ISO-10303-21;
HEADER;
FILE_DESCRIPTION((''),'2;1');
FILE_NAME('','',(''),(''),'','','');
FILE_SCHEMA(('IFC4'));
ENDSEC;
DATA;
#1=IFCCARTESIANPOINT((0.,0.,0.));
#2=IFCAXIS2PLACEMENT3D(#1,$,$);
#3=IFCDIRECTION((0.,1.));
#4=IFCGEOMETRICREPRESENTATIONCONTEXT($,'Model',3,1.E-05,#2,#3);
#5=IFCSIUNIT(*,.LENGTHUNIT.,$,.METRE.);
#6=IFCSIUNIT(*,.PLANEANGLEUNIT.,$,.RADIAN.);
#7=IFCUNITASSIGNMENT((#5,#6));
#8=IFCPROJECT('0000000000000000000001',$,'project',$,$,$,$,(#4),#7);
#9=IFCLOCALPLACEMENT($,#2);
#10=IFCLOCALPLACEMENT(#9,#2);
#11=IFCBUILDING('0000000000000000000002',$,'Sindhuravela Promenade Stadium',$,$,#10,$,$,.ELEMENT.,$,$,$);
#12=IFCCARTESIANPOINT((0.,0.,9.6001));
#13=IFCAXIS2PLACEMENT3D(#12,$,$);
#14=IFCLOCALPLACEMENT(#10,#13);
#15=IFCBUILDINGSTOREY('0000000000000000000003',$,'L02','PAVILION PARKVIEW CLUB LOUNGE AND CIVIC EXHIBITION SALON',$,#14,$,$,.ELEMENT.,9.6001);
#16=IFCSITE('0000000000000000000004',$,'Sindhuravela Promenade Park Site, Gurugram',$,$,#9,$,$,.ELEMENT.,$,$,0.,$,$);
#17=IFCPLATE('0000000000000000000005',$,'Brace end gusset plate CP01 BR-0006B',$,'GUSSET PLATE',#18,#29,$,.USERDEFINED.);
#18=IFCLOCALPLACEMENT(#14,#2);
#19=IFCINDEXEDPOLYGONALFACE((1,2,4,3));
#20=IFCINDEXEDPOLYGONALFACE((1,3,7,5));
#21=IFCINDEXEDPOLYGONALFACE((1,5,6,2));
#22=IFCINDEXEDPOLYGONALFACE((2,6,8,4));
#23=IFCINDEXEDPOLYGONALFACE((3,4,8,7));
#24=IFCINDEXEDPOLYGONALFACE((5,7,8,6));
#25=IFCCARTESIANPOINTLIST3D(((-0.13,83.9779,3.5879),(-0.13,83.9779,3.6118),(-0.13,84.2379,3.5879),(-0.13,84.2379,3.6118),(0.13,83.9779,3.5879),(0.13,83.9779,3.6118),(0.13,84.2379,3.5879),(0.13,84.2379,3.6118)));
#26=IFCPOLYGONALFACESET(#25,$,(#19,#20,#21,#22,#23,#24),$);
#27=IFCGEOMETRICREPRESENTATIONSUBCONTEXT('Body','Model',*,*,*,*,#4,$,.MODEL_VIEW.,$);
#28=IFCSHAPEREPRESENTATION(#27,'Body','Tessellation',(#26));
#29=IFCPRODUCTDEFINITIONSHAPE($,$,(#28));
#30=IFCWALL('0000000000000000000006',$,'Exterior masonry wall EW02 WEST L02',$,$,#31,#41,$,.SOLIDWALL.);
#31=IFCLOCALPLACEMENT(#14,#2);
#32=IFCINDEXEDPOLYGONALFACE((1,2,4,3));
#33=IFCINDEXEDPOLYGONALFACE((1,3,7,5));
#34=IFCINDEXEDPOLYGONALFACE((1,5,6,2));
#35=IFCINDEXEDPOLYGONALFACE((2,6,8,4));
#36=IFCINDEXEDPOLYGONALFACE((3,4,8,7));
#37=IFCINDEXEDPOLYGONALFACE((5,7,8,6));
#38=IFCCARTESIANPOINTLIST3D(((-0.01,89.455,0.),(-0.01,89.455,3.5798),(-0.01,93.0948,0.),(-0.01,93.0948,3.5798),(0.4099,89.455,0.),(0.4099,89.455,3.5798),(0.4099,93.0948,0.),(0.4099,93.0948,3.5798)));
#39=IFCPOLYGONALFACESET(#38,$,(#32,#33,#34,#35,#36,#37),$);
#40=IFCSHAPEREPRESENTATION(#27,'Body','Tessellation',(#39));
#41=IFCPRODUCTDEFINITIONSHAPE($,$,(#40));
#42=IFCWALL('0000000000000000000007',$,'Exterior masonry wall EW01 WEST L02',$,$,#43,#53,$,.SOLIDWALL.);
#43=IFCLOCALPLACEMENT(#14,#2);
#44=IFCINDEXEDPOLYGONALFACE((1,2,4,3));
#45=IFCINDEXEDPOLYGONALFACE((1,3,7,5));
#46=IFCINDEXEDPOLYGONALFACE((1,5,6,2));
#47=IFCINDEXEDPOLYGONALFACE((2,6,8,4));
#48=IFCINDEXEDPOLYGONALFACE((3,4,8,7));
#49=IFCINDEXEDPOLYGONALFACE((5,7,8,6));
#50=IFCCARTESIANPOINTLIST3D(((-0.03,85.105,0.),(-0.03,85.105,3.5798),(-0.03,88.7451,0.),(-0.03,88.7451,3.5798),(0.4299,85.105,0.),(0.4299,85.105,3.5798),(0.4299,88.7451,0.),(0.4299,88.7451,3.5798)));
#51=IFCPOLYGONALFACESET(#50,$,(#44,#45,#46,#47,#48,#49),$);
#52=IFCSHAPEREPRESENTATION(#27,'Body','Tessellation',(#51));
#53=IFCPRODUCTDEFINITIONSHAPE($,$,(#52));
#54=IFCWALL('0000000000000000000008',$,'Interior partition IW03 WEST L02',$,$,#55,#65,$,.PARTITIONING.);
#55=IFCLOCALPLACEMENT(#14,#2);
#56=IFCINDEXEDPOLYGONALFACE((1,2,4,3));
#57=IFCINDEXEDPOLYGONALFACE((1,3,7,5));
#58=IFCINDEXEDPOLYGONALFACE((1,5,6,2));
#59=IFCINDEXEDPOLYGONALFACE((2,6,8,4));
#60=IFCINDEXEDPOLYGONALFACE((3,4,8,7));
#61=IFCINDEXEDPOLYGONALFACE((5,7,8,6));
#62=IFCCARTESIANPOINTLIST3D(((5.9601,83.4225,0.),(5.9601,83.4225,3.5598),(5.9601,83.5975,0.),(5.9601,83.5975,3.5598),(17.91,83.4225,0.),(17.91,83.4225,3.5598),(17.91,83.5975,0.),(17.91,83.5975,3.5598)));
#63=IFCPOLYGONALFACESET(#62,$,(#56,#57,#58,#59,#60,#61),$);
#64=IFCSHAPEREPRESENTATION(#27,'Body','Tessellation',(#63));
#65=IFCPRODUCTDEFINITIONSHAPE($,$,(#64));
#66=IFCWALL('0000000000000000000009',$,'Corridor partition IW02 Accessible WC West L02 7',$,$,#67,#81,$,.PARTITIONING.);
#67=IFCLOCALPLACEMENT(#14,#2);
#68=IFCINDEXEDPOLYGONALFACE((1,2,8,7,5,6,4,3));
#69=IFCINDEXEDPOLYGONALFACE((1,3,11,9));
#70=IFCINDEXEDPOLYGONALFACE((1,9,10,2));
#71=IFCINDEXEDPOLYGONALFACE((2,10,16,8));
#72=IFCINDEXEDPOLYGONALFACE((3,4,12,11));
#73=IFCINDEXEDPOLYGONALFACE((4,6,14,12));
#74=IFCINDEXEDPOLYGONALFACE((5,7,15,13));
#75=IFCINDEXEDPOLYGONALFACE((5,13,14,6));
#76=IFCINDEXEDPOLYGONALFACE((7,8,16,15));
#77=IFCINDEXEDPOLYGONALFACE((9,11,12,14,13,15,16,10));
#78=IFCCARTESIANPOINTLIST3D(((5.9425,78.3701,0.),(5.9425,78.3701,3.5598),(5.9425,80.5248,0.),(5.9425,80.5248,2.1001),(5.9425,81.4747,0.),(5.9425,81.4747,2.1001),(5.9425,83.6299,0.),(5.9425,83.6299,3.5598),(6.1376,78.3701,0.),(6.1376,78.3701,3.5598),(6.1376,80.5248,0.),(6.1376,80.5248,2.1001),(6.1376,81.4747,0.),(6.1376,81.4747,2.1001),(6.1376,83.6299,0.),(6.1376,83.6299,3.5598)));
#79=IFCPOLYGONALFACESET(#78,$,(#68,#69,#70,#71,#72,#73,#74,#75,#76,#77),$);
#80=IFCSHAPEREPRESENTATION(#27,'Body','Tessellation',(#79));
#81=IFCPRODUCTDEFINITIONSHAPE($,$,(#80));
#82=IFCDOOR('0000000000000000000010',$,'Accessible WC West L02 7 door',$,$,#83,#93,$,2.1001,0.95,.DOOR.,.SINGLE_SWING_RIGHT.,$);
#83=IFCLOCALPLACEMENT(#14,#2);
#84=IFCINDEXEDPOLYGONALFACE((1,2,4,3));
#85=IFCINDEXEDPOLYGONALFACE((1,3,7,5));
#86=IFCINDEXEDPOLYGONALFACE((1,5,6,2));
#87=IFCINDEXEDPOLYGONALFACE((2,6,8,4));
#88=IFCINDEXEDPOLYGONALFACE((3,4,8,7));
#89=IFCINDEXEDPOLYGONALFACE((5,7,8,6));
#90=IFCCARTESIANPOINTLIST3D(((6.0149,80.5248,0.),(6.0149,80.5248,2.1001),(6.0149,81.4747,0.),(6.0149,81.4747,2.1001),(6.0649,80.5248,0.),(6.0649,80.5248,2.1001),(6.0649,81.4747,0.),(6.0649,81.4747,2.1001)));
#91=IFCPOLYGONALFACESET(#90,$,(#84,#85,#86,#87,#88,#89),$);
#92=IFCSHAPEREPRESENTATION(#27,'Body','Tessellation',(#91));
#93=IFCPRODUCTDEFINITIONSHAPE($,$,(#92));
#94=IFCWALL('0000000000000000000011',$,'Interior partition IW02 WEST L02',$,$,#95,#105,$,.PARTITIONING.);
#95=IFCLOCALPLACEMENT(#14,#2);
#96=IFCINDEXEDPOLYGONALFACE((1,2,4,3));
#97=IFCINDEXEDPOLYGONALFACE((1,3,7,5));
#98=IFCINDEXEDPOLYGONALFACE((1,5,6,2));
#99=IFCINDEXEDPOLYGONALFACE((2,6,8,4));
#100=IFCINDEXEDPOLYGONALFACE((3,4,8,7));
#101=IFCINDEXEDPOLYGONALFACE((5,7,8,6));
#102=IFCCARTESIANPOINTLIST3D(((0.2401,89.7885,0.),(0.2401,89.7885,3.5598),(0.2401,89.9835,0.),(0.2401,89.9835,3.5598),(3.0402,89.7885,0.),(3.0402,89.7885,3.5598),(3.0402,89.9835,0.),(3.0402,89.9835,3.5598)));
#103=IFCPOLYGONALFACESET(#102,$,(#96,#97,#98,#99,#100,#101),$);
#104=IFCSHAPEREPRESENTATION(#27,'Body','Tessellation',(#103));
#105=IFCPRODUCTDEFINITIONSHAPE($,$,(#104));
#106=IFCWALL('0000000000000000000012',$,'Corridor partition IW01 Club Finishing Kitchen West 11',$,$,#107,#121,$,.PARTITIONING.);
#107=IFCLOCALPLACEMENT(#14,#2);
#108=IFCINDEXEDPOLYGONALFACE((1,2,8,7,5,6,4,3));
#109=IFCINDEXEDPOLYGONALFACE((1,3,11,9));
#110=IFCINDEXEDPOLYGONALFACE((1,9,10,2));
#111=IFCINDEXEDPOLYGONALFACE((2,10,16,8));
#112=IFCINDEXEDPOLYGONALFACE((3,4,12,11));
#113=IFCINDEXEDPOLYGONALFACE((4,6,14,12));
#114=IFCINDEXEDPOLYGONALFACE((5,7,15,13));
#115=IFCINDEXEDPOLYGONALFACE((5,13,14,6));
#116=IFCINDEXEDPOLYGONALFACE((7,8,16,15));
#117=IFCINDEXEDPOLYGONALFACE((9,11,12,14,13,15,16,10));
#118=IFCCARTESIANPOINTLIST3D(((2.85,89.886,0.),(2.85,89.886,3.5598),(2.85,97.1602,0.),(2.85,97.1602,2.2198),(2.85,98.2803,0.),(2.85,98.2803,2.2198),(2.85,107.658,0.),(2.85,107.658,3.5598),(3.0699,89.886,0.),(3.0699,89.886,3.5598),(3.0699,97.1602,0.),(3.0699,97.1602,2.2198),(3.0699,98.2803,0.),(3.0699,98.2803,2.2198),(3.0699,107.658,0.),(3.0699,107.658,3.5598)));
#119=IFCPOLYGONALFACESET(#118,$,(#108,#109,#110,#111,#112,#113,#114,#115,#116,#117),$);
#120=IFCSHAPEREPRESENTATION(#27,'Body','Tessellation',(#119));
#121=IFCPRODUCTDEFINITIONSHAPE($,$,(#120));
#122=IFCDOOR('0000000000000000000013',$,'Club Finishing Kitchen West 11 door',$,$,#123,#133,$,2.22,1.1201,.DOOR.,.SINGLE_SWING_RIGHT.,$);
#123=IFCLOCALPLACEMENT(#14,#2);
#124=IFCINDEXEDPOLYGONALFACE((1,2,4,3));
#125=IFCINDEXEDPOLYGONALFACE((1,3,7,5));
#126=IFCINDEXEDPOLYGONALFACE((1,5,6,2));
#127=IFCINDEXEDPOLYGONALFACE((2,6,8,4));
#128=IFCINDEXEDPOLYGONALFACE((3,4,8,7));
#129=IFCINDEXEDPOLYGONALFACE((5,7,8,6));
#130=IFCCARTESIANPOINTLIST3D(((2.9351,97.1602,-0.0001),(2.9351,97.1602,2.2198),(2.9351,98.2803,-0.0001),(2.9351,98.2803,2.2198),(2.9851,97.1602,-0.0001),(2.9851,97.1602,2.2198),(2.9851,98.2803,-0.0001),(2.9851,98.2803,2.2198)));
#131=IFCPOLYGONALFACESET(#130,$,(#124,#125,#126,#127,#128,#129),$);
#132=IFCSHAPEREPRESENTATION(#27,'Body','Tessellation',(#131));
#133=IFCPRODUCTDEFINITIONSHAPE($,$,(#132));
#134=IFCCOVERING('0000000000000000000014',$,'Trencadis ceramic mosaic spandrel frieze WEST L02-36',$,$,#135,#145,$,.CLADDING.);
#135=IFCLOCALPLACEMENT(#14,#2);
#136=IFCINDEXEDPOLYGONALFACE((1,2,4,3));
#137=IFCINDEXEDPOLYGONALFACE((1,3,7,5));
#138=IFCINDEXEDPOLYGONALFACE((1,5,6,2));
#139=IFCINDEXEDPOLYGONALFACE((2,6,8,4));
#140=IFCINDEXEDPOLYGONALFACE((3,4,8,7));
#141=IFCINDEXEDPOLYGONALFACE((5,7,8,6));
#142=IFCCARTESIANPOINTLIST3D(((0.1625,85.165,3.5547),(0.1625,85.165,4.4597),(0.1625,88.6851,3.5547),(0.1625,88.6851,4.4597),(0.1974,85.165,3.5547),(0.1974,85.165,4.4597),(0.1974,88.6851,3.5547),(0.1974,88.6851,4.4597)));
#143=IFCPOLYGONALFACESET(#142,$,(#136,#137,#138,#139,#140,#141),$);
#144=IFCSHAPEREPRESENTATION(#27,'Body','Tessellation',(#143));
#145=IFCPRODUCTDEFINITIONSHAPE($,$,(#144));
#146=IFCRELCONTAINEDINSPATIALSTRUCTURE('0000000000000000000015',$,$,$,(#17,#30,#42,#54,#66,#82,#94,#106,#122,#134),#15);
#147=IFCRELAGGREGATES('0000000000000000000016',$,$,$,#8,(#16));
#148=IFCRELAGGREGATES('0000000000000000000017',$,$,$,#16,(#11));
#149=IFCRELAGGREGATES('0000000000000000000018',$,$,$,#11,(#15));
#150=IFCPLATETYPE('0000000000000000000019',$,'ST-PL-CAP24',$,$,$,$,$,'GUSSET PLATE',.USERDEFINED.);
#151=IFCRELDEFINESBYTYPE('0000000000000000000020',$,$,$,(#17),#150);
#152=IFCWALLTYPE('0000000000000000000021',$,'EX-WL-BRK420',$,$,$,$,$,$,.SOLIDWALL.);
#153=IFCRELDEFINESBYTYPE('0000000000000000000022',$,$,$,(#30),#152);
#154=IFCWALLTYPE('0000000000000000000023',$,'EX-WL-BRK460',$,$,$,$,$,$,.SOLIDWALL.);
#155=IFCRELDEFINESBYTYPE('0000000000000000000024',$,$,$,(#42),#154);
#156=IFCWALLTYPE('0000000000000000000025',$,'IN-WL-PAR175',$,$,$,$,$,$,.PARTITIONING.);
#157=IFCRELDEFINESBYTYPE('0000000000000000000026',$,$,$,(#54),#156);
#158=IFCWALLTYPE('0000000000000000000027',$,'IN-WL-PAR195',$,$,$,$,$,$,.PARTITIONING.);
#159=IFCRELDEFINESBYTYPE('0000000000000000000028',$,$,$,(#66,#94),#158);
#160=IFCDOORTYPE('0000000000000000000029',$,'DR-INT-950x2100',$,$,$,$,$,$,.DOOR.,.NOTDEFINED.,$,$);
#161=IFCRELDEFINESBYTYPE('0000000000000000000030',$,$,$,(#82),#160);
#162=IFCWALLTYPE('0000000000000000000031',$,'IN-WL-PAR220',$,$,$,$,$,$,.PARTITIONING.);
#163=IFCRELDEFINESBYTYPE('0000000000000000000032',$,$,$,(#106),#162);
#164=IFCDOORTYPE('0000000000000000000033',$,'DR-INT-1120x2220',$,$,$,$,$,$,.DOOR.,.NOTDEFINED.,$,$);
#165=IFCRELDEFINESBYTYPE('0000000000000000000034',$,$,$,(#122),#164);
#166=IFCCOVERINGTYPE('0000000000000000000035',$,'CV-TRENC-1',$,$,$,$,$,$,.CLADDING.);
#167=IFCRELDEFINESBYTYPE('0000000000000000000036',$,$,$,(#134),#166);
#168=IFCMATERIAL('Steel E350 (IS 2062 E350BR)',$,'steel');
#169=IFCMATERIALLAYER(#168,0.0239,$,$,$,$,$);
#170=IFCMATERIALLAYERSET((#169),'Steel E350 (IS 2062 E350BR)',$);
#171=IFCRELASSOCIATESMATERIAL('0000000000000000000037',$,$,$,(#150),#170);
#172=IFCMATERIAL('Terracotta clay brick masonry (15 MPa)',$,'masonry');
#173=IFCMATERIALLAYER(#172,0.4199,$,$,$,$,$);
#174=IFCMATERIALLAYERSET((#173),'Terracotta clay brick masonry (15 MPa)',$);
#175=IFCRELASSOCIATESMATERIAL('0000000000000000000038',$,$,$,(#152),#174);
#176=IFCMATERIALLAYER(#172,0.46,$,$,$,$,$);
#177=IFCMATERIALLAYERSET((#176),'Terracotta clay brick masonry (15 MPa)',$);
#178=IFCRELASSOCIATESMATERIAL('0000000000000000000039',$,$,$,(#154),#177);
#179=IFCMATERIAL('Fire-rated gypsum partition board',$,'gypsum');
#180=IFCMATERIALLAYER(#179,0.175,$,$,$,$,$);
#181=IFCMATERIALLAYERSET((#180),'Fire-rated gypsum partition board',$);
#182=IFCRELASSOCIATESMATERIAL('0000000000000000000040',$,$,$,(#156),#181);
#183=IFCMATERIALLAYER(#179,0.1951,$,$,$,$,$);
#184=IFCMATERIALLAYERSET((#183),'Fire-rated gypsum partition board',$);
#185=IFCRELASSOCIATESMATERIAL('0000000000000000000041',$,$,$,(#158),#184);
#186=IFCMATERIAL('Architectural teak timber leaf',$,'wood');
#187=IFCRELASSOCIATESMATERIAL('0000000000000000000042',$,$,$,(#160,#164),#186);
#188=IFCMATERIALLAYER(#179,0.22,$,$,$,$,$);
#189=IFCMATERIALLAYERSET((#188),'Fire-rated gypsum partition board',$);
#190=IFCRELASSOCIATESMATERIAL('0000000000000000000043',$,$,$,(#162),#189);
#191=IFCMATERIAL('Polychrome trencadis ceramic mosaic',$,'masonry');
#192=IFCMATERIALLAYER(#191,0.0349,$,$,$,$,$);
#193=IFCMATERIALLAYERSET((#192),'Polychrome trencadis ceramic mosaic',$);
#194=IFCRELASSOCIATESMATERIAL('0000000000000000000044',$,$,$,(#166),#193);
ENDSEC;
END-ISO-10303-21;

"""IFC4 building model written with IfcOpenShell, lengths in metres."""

from ifc_helpers import new_model, si_unit, direction, frame, frame_2d, origin, origin_2d, place, context, subcontext, project, spatial, rectangle, extrude, material, layer, layer_set, type_object, element, fill, save


model = new_model("IFC4")

# Units and contexts
model_context = context("Model", 3, precision=1e-05, world=origin(), true_north=direction((0.0, 1.0)))
body_context = subcontext(model_context, "Body", "Model", "MODEL_VIEW")
ifc_project = project(units=[si_unit("LENGTHUNIT", "METRE"), si_unit("PLANEANGLEUNIT", "RADIAN")], contexts=[model_context])

# Site, building, storey
site_placement = place(None, origin())
site = spatial("IfcSite", under=ifc_project, at=site_placement, Name="Sindhuravela Promenade Park Site, Gurugram", CompositionType="ELEMENT", RefElevation=0.0)
building_placement = place(site_placement, origin())
building = spatial("IfcBuilding", under=site, at=building_placement, Name="Sindhuravela Promenade Stadium", CompositionType="ELEMENT")
storey_placement = place(building_placement, frame((0.0, 0.0, 9.6001)))
storey = spatial("IfcBuildingStorey", under=building, at=storey_placement, Name="L02", Description="PAVILION PARKVIEW CLUB LOUNGE AND CIVIC EXHIBITION SALON", CompositionType="ELEMENT", Elevation=9.6001)

# Shared definitions
ifc_material_1 = material(Name="Steel E350 (IS 2062 E350BR)", Category="steel")

# Plate
ifc_layer_1 = layer(ifc_material_1, 0.0239)
ifc_layer_set_1 = layer_set([ifc_layer_1], Name="Steel E350 (IS 2062 E350BR)")
plate_type_1 = type_object("IfcPlateType", Name="ST-PL-CAP24", ElementType="GUSSET PLATE", PredefinedType="USERDEFINED", material=ifc_layer_set_1)
plate_1_placement = place(storey_placement, frame((0.0, 84.1079, 3.5879), z_axis=(0.0, 0.0, 1.0), x_axis=(1.0, 0.0, 0.0)))
element("IfcPlate", 1, at=plate_1_placement, inside=storey, type_object=plate_type_1, Name="Brace end gusset plate CP01 BR-0006B", ObjectType="GUSSET PLATE", PredefinedType="USERDEFINED", context=body_context, shape_type="SweptSolid", body=[
    extrude(rectangle(XDim=0.26, YDim=0.26, at=origin_2d()), origin(), (0.0, 0.0, 1.0), 0.0239),
])

# Walls
ifc_material_2 = material(Name="Terracotta clay brick masonry (15 MPa)", Category="masonry")
ifc_layer_2 = layer(ifc_material_2, 0.4199)
ifc_layer_set_2 = layer_set([ifc_layer_2], Name="Terracotta clay brick masonry (15 MPa)")
wall_type_1 = type_object("IfcWallType", Name="EX-WL-BRK420", PredefinedType="SOLIDWALL", material=ifc_layer_set_2)
wall_1_placement = place(storey_placement, frame((0.2, 89.4551, 0.0), z_axis=(0.0, 0.0, 1.0), x_axis=(0.0, 1.0, 0.0)))
element("IfcWall", 2, at=wall_1_placement, inside=storey, type_object=wall_type_1, Name="Exterior masonry wall EW02 WEST L02", PredefinedType="SOLIDWALL", context=body_context, shape_type="SweptSolid", body=[
    extrude(rectangle(XDim=3.6399, YDim=0.4199, at=frame_2d((1.8198, 0.0))), origin(), (0.0, 0.0, 1.0), 3.5798),
])
ifc_layer_3 = layer(ifc_material_2, 0.46)
ifc_layer_set_3 = layer_set([ifc_layer_3], Name="Terracotta clay brick masonry (15 MPa)")
wall_type_2 = type_object("IfcWallType", Name="EX-WL-BRK460", PredefinedType="SOLIDWALL", material=ifc_layer_set_3)
wall_2_placement = place(storey_placement, frame((0.2, 85.105, 0.0), z_axis=(0.0, 0.0, 1.0), x_axis=(0.0, 1.0, 0.0)))
element("IfcWall", 3, at=wall_2_placement, inside=storey, type_object=wall_type_2, Name="Exterior masonry wall EW01 WEST L02", PredefinedType="SOLIDWALL", context=body_context, shape_type="SweptSolid", body=[
    extrude(rectangle(XDim=3.6401, YDim=0.46, at=frame_2d((1.8201, 0.0))), origin(), (0.0, 0.0, 1.0), 3.5798),
])
ifc_material_3 = material(Name="Fire-rated gypsum partition board", Category="gypsum")
ifc_layer_4 = layer(ifc_material_3, 0.175)
ifc_layer_set_4 = layer_set([ifc_layer_4], Name="Fire-rated gypsum partition board")
wall_type_3 = type_object("IfcWallType", Name="IN-WL-PAR175", PredefinedType="PARTITIONING", material=ifc_layer_set_4)
wall_3_placement = place(storey_placement, frame((5.96, 83.51, 0.0), z_axis=(0.0, 0.0, 1.0), x_axis=(1.0, 0.0, 0.0)))
element("IfcWall", 4, at=wall_3_placement, inside=storey, type_object=wall_type_3, Name="Interior partition IW03 WEST L02", PredefinedType="PARTITIONING", context=body_context, shape_type="SweptSolid", body=[
    extrude(rectangle(XDim=11.95, YDim=0.175, at=frame_2d((5.9751, 0.0))), origin(), (0.0, 0.0, 1.0), 3.5598),
])

# Wall, opening, door
ifc_layer_5 = layer(ifc_material_3, 0.1951)
ifc_layer_set_5 = layer_set([ifc_layer_5], Name="Fire-rated gypsum partition board")
wall_type_4 = type_object("IfcWallType", Name="IN-WL-PAR195", PredefinedType="PARTITIONING", material=ifc_layer_set_5)
wall_4_placement = place(storey_placement, frame((6.04, 83.6299, 0.0), z_axis=(0.0, 0.0, 1.0), x_axis=(0.0, -1.0, 0.0)))
wall_4 = element("IfcWall", 5, at=wall_4_placement, inside=storey, type_object=wall_type_4, Name="Corridor partition IW02 Accessible WC West L02 7", PredefinedType="PARTITIONING", context=body_context, shape_type="SweptSolid", body=[
    extrude(rectangle(XDim=5.2598, YDim=0.1951, at=frame_2d((2.6299, 0.0))), origin(), (0.0, 0.0, 1.0), 3.5598),
])
opening_1_placement = place(wall_4_placement, frame((2.155, 0.0, 0.0)))
opening_1 = element("IfcOpeningElement", 6, at=opening_1_placement, cuts=wall_4, PredefinedType="OPENING", context=body_context, shape_type="SweptSolid", body=[
    extrude(rectangle(XDim=0.95, YDim=2.1001, at=frame_2d((0.4751, 1.05))), frame((0.0, 0.1074, 0.0), z_axis=(0.0, -1.0, 0.0), x_axis=(1.0, 0.0, 0.0)), (0.0, 0.0, 1.0), 0.2151),
])
ifc_material_4 = material(Name="Architectural teak timber leaf", Category="wood")
door_type_1 = type_object("IfcDoorType", Name="DR-INT-950x2100", OperationType="NOTDEFINED", PredefinedType="DOOR", material=ifc_material_4)
door_1_placement = place(opening_1_placement, origin())
door_1 = element("IfcDoor", 7, at=door_1_placement, inside=storey, type_object=door_type_1, Name="Accessible WC West L02 7 door", OperationType="SINGLE_SWING_RIGHT", OverallHeight=2.1001, OverallWidth=0.95, PredefinedType="DOOR", context=body_context, shape_type="SweptSolid", body=[
    extrude(rectangle(XDim=0.95, YDim=2.1001, at=frame_2d((0.4751, 1.05))), frame((0.0, 0.0249, 0.0), z_axis=(0.0, -1.0, 0.0), x_axis=(1.0, 0.0, 0.0)), (0.0, 0.0, 1.0), 0.05),
])
fill(opening_1, door_1)

# Wall
wall_5_placement = place(storey_placement, frame((3.04, 89.886, 0.0), z_axis=(0.0, 0.0, 1.0), x_axis=(-1.0, 0.0, 0.0)))
element("IfcWall", 8, at=wall_5_placement, inside=storey, type_object=wall_type_4, Name="Interior partition IW02 WEST L02", PredefinedType="PARTITIONING", context=body_context, shape_type="SweptSolid", body=[
    extrude(rectangle(XDim=2.8, YDim=0.1951, at=frame_2d((1.3999, 0.0))), origin(), (0.0, 0.0, 1.0), 3.5598),
])

# Wall, opening, door
ifc_layer_6 = layer(ifc_material_3, 0.22)
ifc_layer_set_6 = layer_set([ifc_layer_6], Name="Fire-rated gypsum partition board")
wall_type_5 = type_object("IfcWallType", Name="IN-WL-PAR220", PredefinedType="PARTITIONING", material=ifc_layer_set_6)
wall_6_placement = place(storey_placement, frame((2.96, 89.886, 0.0), z_axis=(0.0, 0.0, 1.0), x_axis=(0.0, 1.0, 0.0)))
wall_6 = element("IfcWall", 9, at=wall_6_placement, inside=storey, type_object=wall_type_5, Name="Corridor partition IW01 Club Finishing Kitchen West 11", PredefinedType="PARTITIONING", context=body_context, shape_type="SweptSolid", body=[
    extrude(rectangle(XDim=17.772, YDim=0.22, at=frame_2d((8.886, 0.0))), origin(), (0.0, 0.0, 1.0), 3.5598),
])
opening_2_placement = place(wall_6_placement, frame((7.2742, 0.0, 0.0)))
opening_2 = element("IfcOpeningElement", 10, at=opening_2_placement, cuts=wall_6, PredefinedType="OPENING", context=body_context, shape_type="SweptSolid", body=[
    extrude(rectangle(XDim=1.1201, YDim=2.22, at=frame_2d((0.5601, 1.1099))), frame((0.0, 0.1199, 0.0), z_axis=(0.0, -1.0, 0.0), x_axis=(1.0, 0.0, 0.0)), (0.0, 0.0, 1.0), 0.24),
])
door_type_2 = type_object("IfcDoorType", Name="DR-INT-1120x2220", OperationType="NOTDEFINED", PredefinedType="DOOR", material=ifc_material_4)
door_2_placement = place(opening_2_placement, origin())
door_2 = element("IfcDoor", 11, at=door_2_placement, inside=storey, type_object=door_type_2, Name="Club Finishing Kitchen West 11 door", OperationType="SINGLE_SWING_RIGHT", OverallHeight=2.22, OverallWidth=1.1201, PredefinedType="DOOR", context=body_context, shape_type="SweptSolid", body=[
    extrude(rectangle(XDim=1.1201, YDim=2.22, at=frame_2d((0.5601, 1.1099))), frame((0.0, 0.0249, 0.0), z_axis=(0.0, -1.0, 0.0), x_axis=(1.0, 0.0, 0.0)), (0.0, 0.0, 1.0), 0.05),
])
fill(opening_2, door_2)

# Covering
ifc_material_5 = material(Name="Polychrome trencadis ceramic mosaic", Category="masonry")
ifc_layer_7 = layer(ifc_material_5, 0.0349)
ifc_layer_set_7 = layer_set([ifc_layer_7], Name="Polychrome trencadis ceramic mosaic")
covering_type = type_object("IfcCoveringType", Name="CV-TRENC-1", PredefinedType="CLADDING", material=ifc_layer_set_7)
covering_placement = place(storey_placement, frame((0.1799, 86.925, 3.5547), z_axis=(0.0, 0.0, 1.0), x_axis=(0.0, 1.0, 0.0)))
element("IfcCovering", 12, at=covering_placement, inside=storey, type_object=covering_type, Name="Trencadis ceramic mosaic spandrel frieze WEST L02-36", PredefinedType="CLADDING", context=body_context, shape_type="SweptSolid", body=[
    extrude(rectangle(XDim=3.52, YDim=0.0349, at=origin_2d()), origin(), (0.0, 0.0, 1.0), 0.905),
])

save(model, "model.ifc")
